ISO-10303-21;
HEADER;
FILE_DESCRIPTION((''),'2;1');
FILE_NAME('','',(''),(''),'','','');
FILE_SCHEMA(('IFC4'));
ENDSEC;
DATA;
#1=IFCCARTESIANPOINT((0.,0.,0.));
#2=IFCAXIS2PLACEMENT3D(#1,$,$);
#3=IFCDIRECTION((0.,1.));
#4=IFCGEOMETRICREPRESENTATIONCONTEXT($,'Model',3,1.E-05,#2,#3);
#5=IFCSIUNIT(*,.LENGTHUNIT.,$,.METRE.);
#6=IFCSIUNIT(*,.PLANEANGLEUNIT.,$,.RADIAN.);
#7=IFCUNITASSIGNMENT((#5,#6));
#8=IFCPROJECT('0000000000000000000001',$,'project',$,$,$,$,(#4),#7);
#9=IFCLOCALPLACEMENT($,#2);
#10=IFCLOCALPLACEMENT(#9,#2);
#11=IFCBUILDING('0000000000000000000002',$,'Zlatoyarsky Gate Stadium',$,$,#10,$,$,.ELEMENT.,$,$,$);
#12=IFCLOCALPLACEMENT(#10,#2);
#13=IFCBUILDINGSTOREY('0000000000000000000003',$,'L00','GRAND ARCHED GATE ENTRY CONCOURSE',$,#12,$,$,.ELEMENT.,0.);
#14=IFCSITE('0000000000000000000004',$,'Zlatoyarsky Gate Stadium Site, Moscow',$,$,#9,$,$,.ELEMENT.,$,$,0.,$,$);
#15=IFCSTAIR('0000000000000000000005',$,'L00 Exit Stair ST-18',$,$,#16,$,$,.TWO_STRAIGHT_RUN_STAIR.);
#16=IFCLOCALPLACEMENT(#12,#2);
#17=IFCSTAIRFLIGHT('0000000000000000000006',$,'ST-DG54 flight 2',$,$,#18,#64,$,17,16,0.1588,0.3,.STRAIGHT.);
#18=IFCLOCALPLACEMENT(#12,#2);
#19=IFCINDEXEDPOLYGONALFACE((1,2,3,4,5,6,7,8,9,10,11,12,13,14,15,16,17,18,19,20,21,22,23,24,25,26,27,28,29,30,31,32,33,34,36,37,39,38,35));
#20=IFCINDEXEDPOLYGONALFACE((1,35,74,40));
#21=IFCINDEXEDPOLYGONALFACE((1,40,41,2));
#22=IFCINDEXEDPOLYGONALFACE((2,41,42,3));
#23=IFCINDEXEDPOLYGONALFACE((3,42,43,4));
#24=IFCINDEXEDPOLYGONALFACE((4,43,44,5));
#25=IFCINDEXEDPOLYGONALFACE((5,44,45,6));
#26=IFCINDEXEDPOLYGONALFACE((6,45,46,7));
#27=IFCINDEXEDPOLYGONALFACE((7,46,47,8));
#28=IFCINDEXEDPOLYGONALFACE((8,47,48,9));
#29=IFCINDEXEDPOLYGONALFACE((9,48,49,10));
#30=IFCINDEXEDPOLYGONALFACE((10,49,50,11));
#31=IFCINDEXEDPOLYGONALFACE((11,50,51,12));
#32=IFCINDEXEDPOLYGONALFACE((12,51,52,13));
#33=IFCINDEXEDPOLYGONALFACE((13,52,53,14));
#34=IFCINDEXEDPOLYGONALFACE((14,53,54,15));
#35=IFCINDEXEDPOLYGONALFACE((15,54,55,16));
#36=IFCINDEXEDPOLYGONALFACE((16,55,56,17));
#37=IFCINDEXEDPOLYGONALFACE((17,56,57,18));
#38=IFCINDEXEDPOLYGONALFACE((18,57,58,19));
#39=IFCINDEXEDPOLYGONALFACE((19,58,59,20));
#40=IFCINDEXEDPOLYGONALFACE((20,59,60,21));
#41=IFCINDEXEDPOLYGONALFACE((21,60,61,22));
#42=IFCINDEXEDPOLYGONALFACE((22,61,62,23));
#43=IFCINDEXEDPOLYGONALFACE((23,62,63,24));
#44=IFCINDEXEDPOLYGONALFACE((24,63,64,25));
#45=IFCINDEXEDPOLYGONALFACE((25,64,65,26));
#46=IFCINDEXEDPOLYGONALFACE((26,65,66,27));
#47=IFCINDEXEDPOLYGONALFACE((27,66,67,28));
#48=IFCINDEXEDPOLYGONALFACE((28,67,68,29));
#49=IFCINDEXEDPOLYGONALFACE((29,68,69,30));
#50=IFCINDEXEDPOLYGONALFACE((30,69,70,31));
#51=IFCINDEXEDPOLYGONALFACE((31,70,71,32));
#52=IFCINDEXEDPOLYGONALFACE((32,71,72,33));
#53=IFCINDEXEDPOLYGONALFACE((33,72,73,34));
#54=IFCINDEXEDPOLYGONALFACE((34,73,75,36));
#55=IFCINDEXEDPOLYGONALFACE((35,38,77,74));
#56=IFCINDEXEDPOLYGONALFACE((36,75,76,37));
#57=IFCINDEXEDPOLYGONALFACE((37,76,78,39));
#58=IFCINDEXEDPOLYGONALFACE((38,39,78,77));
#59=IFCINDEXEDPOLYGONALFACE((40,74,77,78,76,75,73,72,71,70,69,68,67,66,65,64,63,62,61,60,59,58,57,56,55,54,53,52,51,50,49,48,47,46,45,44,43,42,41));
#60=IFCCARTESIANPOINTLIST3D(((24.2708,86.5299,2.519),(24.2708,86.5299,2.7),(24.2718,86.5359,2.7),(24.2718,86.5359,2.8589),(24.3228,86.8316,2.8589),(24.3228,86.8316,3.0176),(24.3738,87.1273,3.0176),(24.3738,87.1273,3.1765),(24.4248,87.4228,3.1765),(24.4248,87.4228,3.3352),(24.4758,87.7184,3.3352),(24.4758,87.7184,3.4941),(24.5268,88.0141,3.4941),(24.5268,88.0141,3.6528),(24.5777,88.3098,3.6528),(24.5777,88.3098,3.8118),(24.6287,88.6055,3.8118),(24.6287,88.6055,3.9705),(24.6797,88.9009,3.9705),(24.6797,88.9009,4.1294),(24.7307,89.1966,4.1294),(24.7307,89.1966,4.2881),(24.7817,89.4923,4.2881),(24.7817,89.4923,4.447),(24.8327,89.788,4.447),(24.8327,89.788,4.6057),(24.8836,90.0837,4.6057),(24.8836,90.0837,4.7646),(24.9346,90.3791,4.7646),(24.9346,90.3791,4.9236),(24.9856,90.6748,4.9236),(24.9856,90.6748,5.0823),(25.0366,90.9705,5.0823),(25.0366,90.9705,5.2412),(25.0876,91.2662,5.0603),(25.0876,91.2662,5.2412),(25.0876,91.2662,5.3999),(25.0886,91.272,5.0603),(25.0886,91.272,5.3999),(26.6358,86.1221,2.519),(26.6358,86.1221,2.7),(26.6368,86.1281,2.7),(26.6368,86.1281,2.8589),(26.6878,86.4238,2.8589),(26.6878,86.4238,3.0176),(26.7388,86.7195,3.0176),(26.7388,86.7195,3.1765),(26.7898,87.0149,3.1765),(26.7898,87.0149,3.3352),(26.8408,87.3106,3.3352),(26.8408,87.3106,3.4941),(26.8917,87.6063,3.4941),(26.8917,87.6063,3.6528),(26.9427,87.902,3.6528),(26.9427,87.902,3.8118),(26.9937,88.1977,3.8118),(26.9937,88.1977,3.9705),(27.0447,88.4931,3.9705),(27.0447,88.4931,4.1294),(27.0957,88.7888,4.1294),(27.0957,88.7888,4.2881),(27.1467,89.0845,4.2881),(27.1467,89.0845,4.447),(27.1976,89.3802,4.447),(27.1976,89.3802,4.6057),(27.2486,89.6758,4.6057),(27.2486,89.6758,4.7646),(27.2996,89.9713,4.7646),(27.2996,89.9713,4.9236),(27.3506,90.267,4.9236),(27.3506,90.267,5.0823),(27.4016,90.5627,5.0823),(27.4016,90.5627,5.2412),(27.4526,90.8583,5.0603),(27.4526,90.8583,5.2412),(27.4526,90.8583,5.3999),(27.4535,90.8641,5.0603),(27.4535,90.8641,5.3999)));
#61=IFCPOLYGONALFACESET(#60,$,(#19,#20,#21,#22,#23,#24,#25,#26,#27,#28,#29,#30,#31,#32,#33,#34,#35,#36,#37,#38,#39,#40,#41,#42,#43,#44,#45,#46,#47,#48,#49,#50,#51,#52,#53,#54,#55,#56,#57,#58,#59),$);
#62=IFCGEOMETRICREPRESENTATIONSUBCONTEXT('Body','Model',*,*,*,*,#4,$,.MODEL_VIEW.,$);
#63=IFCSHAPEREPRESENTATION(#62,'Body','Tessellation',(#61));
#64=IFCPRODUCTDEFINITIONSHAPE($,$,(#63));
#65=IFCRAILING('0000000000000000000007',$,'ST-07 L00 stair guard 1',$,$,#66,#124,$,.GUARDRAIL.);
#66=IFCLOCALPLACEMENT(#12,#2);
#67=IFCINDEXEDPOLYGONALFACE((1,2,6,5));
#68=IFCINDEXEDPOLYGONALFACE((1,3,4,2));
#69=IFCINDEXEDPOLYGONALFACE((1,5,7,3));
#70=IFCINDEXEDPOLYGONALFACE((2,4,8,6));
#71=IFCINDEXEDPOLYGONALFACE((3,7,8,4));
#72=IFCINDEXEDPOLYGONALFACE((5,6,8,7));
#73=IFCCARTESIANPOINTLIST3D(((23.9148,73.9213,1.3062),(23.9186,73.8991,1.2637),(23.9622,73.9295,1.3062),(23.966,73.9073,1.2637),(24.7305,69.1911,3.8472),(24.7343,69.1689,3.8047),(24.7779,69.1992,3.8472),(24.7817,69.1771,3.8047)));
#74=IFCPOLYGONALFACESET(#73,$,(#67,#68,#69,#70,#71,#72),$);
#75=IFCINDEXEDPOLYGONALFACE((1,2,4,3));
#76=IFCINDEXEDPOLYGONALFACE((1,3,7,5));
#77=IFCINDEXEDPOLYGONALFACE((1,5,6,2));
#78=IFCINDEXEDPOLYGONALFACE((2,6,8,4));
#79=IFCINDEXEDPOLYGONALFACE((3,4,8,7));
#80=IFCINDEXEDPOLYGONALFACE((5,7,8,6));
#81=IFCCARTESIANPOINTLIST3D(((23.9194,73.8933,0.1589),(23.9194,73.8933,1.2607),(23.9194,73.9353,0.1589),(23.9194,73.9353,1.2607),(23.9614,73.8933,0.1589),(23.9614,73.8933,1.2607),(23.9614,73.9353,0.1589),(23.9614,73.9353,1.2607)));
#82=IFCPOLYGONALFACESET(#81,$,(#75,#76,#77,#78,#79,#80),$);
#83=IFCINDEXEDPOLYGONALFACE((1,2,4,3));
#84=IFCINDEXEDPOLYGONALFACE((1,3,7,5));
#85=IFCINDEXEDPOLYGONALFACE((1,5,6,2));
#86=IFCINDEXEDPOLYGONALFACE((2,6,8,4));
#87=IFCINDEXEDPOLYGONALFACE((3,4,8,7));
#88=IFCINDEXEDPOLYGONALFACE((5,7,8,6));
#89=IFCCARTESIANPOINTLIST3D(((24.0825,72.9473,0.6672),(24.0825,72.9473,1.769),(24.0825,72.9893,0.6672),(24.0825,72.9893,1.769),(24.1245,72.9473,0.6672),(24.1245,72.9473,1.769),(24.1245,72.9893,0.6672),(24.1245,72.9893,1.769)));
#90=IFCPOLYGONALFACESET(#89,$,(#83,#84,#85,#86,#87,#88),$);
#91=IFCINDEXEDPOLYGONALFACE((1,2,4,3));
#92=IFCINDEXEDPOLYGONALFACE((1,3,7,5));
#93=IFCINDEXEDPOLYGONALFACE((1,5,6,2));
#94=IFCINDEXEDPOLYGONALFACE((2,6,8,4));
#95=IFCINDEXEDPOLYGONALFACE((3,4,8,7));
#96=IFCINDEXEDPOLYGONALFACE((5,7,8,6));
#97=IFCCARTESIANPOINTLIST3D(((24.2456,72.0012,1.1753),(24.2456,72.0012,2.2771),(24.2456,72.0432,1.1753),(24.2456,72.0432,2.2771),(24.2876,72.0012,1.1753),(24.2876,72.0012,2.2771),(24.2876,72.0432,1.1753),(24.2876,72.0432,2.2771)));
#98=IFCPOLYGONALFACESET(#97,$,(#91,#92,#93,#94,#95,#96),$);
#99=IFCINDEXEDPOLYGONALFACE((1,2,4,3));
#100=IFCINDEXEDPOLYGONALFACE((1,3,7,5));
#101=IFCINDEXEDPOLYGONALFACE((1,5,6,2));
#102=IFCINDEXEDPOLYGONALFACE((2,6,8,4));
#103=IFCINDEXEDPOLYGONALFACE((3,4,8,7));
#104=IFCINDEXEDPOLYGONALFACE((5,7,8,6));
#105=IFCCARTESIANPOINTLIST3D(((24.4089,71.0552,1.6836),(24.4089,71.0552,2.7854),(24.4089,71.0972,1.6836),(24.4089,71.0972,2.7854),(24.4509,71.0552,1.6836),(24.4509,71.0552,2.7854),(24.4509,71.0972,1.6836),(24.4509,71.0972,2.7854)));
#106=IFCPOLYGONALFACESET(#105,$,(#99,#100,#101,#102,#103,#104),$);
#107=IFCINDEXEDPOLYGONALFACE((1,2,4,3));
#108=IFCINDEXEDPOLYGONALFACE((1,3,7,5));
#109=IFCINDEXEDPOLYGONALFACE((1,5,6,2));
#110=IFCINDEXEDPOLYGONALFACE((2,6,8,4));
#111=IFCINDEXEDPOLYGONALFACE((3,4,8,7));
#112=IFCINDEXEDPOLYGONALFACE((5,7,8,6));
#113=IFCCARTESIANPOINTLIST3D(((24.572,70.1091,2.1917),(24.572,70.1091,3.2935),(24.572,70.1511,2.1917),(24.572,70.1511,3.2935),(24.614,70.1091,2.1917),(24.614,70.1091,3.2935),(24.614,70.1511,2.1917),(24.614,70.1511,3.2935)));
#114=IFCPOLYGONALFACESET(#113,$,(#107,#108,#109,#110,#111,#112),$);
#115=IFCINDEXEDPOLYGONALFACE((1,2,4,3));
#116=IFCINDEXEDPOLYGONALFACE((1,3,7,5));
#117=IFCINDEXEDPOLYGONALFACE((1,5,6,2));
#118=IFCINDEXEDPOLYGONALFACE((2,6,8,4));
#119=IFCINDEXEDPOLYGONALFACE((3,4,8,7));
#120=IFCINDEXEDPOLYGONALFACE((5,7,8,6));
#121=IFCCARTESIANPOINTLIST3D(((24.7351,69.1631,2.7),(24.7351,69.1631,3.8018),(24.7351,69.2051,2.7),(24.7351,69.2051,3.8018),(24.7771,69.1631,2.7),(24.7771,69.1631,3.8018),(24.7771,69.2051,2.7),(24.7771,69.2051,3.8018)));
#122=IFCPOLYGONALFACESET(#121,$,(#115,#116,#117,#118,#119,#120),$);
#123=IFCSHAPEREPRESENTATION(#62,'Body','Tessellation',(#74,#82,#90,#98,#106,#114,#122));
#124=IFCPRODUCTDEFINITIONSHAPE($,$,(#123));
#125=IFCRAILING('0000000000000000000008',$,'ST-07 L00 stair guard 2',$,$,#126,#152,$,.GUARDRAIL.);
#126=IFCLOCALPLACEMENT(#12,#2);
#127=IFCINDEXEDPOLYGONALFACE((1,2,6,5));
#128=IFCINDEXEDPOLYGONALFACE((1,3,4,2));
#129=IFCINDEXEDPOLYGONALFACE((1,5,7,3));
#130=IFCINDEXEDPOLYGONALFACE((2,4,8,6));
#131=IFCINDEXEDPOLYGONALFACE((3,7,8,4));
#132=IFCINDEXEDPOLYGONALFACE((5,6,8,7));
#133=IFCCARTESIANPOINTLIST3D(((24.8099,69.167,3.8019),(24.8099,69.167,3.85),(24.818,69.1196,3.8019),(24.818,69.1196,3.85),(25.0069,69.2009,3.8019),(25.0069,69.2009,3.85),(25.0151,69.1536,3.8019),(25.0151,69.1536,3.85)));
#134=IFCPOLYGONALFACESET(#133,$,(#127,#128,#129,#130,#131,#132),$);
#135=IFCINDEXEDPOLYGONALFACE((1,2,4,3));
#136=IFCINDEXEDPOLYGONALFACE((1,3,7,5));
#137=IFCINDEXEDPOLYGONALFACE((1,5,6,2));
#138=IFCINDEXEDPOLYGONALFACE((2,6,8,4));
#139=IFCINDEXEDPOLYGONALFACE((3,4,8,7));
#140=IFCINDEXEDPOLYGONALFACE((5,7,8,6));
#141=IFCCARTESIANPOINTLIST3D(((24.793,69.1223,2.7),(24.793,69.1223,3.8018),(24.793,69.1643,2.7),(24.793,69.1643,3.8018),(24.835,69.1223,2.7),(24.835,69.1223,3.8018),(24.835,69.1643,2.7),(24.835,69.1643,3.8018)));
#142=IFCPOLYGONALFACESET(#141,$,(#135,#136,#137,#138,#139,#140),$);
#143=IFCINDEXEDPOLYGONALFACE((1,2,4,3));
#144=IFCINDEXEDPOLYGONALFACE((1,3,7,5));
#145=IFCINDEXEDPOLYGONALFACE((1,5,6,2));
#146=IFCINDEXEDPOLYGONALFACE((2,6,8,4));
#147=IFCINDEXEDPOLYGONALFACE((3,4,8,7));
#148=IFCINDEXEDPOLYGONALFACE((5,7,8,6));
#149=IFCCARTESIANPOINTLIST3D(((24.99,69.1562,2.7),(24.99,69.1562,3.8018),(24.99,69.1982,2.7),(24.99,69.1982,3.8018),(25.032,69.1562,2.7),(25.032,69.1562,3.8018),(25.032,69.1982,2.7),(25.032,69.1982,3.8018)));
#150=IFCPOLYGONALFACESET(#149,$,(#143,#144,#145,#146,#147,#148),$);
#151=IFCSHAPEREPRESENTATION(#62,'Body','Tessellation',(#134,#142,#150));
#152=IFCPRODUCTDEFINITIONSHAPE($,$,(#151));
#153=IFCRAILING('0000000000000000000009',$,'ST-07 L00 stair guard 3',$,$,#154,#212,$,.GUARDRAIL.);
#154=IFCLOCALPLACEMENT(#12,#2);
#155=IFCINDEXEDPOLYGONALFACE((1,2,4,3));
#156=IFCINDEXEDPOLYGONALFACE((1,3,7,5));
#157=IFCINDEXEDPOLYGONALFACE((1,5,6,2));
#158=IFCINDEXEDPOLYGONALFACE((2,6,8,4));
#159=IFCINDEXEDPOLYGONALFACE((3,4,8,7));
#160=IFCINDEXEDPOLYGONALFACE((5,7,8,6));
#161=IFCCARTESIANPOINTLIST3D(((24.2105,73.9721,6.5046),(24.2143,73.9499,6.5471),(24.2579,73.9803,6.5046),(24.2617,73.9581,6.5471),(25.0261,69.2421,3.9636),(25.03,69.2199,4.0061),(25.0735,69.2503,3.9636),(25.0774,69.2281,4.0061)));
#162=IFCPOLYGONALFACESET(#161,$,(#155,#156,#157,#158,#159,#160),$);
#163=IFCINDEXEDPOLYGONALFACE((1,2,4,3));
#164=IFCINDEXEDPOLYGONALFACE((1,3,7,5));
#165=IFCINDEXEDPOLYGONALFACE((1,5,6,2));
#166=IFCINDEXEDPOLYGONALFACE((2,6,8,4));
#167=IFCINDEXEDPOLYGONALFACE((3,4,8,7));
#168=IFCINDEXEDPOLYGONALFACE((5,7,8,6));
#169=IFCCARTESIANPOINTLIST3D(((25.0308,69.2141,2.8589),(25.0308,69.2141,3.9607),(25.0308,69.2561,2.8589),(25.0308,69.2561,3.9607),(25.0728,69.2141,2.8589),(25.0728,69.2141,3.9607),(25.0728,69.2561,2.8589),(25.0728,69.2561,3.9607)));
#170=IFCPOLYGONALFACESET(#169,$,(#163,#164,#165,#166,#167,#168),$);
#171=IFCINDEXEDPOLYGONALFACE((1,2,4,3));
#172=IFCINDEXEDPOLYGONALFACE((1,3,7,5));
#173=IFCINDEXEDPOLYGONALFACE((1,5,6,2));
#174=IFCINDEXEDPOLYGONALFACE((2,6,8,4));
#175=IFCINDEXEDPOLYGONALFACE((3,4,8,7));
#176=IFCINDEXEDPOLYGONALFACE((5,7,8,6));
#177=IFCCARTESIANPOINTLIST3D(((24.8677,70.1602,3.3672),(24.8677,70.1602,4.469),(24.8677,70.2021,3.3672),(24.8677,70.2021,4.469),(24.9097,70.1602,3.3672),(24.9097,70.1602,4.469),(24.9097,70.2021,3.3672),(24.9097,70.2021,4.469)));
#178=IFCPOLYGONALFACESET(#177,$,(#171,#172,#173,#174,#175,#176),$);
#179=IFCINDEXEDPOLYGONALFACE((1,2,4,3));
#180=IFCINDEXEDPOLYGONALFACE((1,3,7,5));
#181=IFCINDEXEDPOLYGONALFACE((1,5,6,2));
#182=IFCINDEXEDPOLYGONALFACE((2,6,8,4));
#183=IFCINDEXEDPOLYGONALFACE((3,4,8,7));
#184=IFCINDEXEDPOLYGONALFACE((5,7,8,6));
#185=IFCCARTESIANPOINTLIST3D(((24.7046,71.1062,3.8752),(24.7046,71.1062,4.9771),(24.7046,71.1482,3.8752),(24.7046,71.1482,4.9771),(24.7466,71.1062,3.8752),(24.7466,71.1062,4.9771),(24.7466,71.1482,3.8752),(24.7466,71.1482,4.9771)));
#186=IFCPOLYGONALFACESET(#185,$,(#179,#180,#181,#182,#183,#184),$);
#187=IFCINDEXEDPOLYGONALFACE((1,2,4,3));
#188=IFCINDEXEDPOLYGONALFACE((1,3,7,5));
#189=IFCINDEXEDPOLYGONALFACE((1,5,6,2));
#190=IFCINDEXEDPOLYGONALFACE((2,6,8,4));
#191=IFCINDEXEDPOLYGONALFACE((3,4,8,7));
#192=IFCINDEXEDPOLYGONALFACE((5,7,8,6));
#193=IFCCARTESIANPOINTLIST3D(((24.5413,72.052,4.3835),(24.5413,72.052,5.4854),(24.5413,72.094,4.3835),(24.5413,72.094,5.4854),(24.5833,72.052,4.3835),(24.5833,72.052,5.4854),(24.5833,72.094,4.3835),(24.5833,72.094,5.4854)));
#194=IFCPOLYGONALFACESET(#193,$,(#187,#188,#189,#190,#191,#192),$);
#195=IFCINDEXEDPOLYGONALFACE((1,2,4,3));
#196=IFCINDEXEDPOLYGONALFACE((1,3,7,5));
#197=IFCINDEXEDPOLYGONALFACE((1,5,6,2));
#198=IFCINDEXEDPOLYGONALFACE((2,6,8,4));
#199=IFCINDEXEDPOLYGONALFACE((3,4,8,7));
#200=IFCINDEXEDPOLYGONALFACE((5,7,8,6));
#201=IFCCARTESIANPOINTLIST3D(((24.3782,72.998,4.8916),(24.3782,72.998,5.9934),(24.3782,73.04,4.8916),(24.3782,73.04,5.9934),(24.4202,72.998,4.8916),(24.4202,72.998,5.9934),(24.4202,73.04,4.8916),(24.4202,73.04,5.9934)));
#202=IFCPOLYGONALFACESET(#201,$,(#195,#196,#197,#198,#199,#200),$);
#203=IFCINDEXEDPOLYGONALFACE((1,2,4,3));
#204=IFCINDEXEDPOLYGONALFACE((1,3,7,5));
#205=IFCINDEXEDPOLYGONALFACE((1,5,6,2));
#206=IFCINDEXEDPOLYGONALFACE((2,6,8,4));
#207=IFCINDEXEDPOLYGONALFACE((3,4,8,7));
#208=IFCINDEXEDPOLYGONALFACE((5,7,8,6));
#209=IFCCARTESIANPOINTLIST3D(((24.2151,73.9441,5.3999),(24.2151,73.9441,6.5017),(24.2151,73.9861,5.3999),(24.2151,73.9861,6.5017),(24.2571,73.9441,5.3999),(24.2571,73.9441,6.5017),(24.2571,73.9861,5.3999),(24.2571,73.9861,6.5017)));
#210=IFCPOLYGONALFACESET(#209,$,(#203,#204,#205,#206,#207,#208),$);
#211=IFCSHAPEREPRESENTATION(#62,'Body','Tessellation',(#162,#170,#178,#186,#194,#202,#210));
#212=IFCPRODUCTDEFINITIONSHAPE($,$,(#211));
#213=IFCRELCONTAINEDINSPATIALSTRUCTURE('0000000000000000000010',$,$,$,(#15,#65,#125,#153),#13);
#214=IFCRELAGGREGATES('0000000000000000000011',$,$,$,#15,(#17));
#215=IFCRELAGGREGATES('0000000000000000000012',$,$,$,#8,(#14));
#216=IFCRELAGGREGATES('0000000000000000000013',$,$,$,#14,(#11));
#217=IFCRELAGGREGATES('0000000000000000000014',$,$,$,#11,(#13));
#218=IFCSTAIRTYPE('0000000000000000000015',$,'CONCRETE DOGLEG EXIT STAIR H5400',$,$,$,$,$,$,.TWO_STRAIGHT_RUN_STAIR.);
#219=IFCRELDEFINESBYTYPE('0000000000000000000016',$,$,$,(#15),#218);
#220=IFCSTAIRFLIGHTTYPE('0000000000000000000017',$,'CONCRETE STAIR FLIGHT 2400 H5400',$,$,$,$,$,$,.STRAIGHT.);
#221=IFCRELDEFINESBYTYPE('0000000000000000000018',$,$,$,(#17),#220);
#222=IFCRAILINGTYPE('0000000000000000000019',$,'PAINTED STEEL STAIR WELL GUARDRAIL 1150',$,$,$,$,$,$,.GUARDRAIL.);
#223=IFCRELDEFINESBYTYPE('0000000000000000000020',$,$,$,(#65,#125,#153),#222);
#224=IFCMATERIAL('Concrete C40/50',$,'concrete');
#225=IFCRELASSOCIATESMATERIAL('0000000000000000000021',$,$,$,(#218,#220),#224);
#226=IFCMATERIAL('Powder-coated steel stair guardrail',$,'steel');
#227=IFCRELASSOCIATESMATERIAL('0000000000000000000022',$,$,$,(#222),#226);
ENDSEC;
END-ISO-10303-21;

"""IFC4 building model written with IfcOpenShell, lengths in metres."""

from ifc_helpers import new_model, si_unit, direction, frame, origin, origin_2d, place, context, subcontext, project, spatial, polyline, rectangle, outline, extrude, material, type_object, element, aggregate, save


model = new_model("IFC4")

# Units and contexts
model_context = context("Model", 3, precision=1e-05, world=origin(), true_north=direction((0.0, 1.0)))
body_context = subcontext(model_context, "Body", "Model", "MODEL_VIEW")
ifc_project = project(units=[si_unit("LENGTHUNIT", "METRE"), si_unit("PLANEANGLEUNIT", "RADIAN")], contexts=[model_context])

# Site, building, storey
site_placement = place(None, origin())
site = spatial("IfcSite", under=ifc_project, at=site_placement, Name="Zlatoyarsky Gate Stadium Site, Moscow", CompositionType="ELEMENT", RefElevation=0.0)
building_placement = place(site_placement, origin())
building = spatial("IfcBuilding", under=site, at=building_placement, Name="Zlatoyarsky Gate Stadium", CompositionType="ELEMENT")
storey_placement = place(building_placement, origin())
storey = spatial("IfcBuildingStorey", under=building, at=storey_placement, Name="L00", Description="GRAND ARCHED GATE ENTRY CONCOURSE", CompositionType="ELEMENT", Elevation=0.0)

# Shared definitions
ifc_material_1 = material(Name="Concrete C40/50", Category="concrete")

# Stair, stair flight
stair_type = type_object("IfcStairType", Name="CONCRETE DOGLEG EXIT STAIR H5400", PredefinedType="TWO_STRAIGHT_RUN_STAIR", material=ifc_material_1)
stair_flight_type = type_object("IfcStairFlightType", Name="CONCRETE STAIR FLIGHT 2400 H5400", PredefinedType="STRAIGHT", material=ifc_material_1)
stair_1_placement = place(storey_placement, origin())
stair_1 = element("IfcStair", 1, at=stair_1_placement, inside=storey, type_object=stair_type, Name="L00 Exit Stair ST-18", PredefinedType="TWO_STRAIGHT_RUN_STAIR")
stair_flight_1_placement = place(storey_placement, frame((25.4543, 86.332, 2.7), z_axis=(0.0, 0.0, 1.0), x_axis=(0.169938, 0.985455, 0.0)))
stair_flight_1 = element("IfcStairFlight", 2, at=stair_flight_1_placement, type_object=stair_flight_type, Name="ST-DG54 flight 2", NumberOfRisers=17, NumberOfTreads=16, PredefinedType="STRAIGHT", RiserHeight=0.1588, TreadLength=0.3, context=body_context, shape_type="SweptSolid", body=[
    extrude(outline(polyline([(-0.0061, -0.1809), (-0.0061, 0.0), (0.0, 0.0), (0.0, 0.1589), (0.3, 0.1589), (0.3, 0.3176), (0.6001, 0.3176), (0.6001, 0.4766), (0.8999, 0.4766), (0.8999, 0.6353), (1.2, 0.6353), (1.2, 0.7942), (1.5, 0.7942), (1.5, 0.9529), (1.8, 0.9529), (1.8, 1.1118), (2.1001, 1.1118), (2.1001, 1.2705), (2.3999, 1.2705), (2.3999, 1.4294), (2.7, 1.4294), (2.7, 1.5881), (3.0, 1.5881), (3.0, 1.7471), (3.3, 1.7471), (3.3, 1.9058), (3.6001, 1.9058), (3.6001, 2.0647), (3.8999, 2.0647), (3.8999, 2.2236), (4.2, 2.2236), (4.2, 2.3823), (4.5, 2.3823), (4.5, 2.5413), (4.8, 2.5413), (4.8, 2.7), (4.8059, 2.7), (4.8059, 2.3604), (4.8, 2.3604), (-0.0061, -0.1809)])), frame((0.0, 1.2, 0.0), z_axis=(0.0, -1.0, 0.0), x_axis=(1.0, 0.0, 0.0)), (0.0, 0.0, 1.0), 2.3999),
])
aggregate(stair_1, [stair_flight_1])

# Railings
ifc_material_2 = material(Name="Powder-coated steel stair guardrail", Category="steel")
railing_type_1 = type_object("IfcRailingType", Name="PAINTED STEEL STAIR WELL GUARDRAIL 1150", PredefinedType="GUARDRAIL", material=ifc_material_2)
railing_1_placement = place(storey_placement, frame((23.9404, 73.9143, 0.1589)))
element("IfcRailing", 3, at=railing_1_placement, inside=storey, type_object=railing_type_1, Name="ST-07 L00 stair guard 1", PredefinedType="GUARDRAIL", context=body_context, shape_type="SweptSolid", body=[
    extrude(rectangle(XDim=0.0481, YDim=0.0481, at=origin_2d()), frame((0.0, 0.0, 1.126), z_axis=(0.150185, -0.870948, 0.467862), x_axis=(0.985456, 0.169931, 0.0)), (0.0, 0.0, 1.0), 5.4312),
    extrude(rectangle(XDim=0.042, YDim=0.042, at=origin_2d()), origin(), (0.0, 0.0, 1.0), 1.1018),
    extrude(rectangle(XDim=0.042, YDim=0.042, at=origin_2d()), frame((0.1631, -0.946, 0.5083)), (0.0, 0.0, 1.0), 1.1018),
    extrude(rectangle(XDim=0.042, YDim=0.042, at=origin_2d()), frame((0.3262, -1.8921, 1.0164)), (0.0, 0.0, 1.0), 1.1018),
    extrude(rectangle(XDim=0.042, YDim=0.042, at=origin_2d()), frame((0.4895, -2.8381, 1.5247)), (0.0, 0.0, 1.0), 1.1018),
    extrude(rectangle(XDim=0.042, YDim=0.042, at=origin_2d()), frame((0.6526, -3.7842, 2.0327)), (0.0, 0.0, 1.0), 1.1018),
    extrude(rectangle(XDim=0.042, YDim=0.042, at=origin_2d()), frame((0.8157, -4.7302, 2.541)), (0.0, 0.0, 1.0), 1.1018),
])
railing_2_placement = place(storey_placement, frame((24.814, 69.1433, 2.7)))
element("IfcRailing", 4, at=railing_2_placement, inside=storey, type_object=railing_type_1, Name="ST-07 L00 stair guard 2", PredefinedType="GUARDRAIL", context=body_context, shape_type="SweptSolid", body=[
    extrude(rectangle(XDim=0.0481, YDim=0.0481, at=origin_2d()), frame((0.0, 0.0, 1.126), z_axis=(0.985488, 0.169743, 0.0), x_axis=(-0.169743, 0.985488, 0.0)), (0.0, 0.0, 1.0), 0.2),
    extrude(rectangle(XDim=0.042, YDim=0.042, at=origin_2d()), origin(), (0.0, 0.0, 1.0), 1.1018),
    extrude(rectangle(XDim=0.042, YDim=0.042, at=origin_2d()), frame((0.197, 0.0339, 0.0)), (0.0, 0.0, 1.0), 1.1018),
])
railing_3_placement = place(storey_placement, frame((25.0518, 69.2351, 2.8589)))
element("IfcRailing", 5, at=railing_3_placement, inside=storey, type_object=railing_type_1, Name="ST-07 L00 stair guard 3", PredefinedType="GUARDRAIL", context=body_context, shape_type="SweptSolid", body=[
    extrude(rectangle(XDim=0.0481, YDim=0.0481, at=origin_2d()), frame((0.0, 0.0, 1.126), z_axis=(-0.150191, 0.870937, 0.46788), x_axis=(-0.985455, -0.169939, 0.0)), (0.0, 0.0, 1.0), 5.4309),
    extrude(rectangle(XDim=0.042, YDim=0.042, at=origin_2d()), origin(), (0.0, 0.0, 1.0), 1.1018),
    extrude(rectangle(XDim=0.042, YDim=0.042, at=origin_2d()), frame((-0.1631, 0.946, 0.5083)), (0.0, 0.0, 1.0), 1.1018),
    extrude(rectangle(XDim=0.042, YDim=0.042, at=origin_2d()), frame((-0.3262, 1.8921, 1.0164)), (0.0, 0.0, 1.0), 1.1018),
    extrude(rectangle(XDim=0.042, YDim=0.042, at=origin_2d()), frame((-0.4895, 2.8379, 1.5247)), (0.0, 0.0, 1.0), 1.1018),
    extrude(rectangle(XDim=0.042, YDim=0.042, at=origin_2d()), frame((-0.6526, 3.7839, 2.0327)), (0.0, 0.0, 1.0), 1.1018),
    extrude(rectangle(XDim=0.042, YDim=0.042, at=origin_2d()), frame((-0.8157, 4.73, 2.541)), (0.0, 0.0, 1.0), 1.1018),
])

save(model, "model.ifc")
